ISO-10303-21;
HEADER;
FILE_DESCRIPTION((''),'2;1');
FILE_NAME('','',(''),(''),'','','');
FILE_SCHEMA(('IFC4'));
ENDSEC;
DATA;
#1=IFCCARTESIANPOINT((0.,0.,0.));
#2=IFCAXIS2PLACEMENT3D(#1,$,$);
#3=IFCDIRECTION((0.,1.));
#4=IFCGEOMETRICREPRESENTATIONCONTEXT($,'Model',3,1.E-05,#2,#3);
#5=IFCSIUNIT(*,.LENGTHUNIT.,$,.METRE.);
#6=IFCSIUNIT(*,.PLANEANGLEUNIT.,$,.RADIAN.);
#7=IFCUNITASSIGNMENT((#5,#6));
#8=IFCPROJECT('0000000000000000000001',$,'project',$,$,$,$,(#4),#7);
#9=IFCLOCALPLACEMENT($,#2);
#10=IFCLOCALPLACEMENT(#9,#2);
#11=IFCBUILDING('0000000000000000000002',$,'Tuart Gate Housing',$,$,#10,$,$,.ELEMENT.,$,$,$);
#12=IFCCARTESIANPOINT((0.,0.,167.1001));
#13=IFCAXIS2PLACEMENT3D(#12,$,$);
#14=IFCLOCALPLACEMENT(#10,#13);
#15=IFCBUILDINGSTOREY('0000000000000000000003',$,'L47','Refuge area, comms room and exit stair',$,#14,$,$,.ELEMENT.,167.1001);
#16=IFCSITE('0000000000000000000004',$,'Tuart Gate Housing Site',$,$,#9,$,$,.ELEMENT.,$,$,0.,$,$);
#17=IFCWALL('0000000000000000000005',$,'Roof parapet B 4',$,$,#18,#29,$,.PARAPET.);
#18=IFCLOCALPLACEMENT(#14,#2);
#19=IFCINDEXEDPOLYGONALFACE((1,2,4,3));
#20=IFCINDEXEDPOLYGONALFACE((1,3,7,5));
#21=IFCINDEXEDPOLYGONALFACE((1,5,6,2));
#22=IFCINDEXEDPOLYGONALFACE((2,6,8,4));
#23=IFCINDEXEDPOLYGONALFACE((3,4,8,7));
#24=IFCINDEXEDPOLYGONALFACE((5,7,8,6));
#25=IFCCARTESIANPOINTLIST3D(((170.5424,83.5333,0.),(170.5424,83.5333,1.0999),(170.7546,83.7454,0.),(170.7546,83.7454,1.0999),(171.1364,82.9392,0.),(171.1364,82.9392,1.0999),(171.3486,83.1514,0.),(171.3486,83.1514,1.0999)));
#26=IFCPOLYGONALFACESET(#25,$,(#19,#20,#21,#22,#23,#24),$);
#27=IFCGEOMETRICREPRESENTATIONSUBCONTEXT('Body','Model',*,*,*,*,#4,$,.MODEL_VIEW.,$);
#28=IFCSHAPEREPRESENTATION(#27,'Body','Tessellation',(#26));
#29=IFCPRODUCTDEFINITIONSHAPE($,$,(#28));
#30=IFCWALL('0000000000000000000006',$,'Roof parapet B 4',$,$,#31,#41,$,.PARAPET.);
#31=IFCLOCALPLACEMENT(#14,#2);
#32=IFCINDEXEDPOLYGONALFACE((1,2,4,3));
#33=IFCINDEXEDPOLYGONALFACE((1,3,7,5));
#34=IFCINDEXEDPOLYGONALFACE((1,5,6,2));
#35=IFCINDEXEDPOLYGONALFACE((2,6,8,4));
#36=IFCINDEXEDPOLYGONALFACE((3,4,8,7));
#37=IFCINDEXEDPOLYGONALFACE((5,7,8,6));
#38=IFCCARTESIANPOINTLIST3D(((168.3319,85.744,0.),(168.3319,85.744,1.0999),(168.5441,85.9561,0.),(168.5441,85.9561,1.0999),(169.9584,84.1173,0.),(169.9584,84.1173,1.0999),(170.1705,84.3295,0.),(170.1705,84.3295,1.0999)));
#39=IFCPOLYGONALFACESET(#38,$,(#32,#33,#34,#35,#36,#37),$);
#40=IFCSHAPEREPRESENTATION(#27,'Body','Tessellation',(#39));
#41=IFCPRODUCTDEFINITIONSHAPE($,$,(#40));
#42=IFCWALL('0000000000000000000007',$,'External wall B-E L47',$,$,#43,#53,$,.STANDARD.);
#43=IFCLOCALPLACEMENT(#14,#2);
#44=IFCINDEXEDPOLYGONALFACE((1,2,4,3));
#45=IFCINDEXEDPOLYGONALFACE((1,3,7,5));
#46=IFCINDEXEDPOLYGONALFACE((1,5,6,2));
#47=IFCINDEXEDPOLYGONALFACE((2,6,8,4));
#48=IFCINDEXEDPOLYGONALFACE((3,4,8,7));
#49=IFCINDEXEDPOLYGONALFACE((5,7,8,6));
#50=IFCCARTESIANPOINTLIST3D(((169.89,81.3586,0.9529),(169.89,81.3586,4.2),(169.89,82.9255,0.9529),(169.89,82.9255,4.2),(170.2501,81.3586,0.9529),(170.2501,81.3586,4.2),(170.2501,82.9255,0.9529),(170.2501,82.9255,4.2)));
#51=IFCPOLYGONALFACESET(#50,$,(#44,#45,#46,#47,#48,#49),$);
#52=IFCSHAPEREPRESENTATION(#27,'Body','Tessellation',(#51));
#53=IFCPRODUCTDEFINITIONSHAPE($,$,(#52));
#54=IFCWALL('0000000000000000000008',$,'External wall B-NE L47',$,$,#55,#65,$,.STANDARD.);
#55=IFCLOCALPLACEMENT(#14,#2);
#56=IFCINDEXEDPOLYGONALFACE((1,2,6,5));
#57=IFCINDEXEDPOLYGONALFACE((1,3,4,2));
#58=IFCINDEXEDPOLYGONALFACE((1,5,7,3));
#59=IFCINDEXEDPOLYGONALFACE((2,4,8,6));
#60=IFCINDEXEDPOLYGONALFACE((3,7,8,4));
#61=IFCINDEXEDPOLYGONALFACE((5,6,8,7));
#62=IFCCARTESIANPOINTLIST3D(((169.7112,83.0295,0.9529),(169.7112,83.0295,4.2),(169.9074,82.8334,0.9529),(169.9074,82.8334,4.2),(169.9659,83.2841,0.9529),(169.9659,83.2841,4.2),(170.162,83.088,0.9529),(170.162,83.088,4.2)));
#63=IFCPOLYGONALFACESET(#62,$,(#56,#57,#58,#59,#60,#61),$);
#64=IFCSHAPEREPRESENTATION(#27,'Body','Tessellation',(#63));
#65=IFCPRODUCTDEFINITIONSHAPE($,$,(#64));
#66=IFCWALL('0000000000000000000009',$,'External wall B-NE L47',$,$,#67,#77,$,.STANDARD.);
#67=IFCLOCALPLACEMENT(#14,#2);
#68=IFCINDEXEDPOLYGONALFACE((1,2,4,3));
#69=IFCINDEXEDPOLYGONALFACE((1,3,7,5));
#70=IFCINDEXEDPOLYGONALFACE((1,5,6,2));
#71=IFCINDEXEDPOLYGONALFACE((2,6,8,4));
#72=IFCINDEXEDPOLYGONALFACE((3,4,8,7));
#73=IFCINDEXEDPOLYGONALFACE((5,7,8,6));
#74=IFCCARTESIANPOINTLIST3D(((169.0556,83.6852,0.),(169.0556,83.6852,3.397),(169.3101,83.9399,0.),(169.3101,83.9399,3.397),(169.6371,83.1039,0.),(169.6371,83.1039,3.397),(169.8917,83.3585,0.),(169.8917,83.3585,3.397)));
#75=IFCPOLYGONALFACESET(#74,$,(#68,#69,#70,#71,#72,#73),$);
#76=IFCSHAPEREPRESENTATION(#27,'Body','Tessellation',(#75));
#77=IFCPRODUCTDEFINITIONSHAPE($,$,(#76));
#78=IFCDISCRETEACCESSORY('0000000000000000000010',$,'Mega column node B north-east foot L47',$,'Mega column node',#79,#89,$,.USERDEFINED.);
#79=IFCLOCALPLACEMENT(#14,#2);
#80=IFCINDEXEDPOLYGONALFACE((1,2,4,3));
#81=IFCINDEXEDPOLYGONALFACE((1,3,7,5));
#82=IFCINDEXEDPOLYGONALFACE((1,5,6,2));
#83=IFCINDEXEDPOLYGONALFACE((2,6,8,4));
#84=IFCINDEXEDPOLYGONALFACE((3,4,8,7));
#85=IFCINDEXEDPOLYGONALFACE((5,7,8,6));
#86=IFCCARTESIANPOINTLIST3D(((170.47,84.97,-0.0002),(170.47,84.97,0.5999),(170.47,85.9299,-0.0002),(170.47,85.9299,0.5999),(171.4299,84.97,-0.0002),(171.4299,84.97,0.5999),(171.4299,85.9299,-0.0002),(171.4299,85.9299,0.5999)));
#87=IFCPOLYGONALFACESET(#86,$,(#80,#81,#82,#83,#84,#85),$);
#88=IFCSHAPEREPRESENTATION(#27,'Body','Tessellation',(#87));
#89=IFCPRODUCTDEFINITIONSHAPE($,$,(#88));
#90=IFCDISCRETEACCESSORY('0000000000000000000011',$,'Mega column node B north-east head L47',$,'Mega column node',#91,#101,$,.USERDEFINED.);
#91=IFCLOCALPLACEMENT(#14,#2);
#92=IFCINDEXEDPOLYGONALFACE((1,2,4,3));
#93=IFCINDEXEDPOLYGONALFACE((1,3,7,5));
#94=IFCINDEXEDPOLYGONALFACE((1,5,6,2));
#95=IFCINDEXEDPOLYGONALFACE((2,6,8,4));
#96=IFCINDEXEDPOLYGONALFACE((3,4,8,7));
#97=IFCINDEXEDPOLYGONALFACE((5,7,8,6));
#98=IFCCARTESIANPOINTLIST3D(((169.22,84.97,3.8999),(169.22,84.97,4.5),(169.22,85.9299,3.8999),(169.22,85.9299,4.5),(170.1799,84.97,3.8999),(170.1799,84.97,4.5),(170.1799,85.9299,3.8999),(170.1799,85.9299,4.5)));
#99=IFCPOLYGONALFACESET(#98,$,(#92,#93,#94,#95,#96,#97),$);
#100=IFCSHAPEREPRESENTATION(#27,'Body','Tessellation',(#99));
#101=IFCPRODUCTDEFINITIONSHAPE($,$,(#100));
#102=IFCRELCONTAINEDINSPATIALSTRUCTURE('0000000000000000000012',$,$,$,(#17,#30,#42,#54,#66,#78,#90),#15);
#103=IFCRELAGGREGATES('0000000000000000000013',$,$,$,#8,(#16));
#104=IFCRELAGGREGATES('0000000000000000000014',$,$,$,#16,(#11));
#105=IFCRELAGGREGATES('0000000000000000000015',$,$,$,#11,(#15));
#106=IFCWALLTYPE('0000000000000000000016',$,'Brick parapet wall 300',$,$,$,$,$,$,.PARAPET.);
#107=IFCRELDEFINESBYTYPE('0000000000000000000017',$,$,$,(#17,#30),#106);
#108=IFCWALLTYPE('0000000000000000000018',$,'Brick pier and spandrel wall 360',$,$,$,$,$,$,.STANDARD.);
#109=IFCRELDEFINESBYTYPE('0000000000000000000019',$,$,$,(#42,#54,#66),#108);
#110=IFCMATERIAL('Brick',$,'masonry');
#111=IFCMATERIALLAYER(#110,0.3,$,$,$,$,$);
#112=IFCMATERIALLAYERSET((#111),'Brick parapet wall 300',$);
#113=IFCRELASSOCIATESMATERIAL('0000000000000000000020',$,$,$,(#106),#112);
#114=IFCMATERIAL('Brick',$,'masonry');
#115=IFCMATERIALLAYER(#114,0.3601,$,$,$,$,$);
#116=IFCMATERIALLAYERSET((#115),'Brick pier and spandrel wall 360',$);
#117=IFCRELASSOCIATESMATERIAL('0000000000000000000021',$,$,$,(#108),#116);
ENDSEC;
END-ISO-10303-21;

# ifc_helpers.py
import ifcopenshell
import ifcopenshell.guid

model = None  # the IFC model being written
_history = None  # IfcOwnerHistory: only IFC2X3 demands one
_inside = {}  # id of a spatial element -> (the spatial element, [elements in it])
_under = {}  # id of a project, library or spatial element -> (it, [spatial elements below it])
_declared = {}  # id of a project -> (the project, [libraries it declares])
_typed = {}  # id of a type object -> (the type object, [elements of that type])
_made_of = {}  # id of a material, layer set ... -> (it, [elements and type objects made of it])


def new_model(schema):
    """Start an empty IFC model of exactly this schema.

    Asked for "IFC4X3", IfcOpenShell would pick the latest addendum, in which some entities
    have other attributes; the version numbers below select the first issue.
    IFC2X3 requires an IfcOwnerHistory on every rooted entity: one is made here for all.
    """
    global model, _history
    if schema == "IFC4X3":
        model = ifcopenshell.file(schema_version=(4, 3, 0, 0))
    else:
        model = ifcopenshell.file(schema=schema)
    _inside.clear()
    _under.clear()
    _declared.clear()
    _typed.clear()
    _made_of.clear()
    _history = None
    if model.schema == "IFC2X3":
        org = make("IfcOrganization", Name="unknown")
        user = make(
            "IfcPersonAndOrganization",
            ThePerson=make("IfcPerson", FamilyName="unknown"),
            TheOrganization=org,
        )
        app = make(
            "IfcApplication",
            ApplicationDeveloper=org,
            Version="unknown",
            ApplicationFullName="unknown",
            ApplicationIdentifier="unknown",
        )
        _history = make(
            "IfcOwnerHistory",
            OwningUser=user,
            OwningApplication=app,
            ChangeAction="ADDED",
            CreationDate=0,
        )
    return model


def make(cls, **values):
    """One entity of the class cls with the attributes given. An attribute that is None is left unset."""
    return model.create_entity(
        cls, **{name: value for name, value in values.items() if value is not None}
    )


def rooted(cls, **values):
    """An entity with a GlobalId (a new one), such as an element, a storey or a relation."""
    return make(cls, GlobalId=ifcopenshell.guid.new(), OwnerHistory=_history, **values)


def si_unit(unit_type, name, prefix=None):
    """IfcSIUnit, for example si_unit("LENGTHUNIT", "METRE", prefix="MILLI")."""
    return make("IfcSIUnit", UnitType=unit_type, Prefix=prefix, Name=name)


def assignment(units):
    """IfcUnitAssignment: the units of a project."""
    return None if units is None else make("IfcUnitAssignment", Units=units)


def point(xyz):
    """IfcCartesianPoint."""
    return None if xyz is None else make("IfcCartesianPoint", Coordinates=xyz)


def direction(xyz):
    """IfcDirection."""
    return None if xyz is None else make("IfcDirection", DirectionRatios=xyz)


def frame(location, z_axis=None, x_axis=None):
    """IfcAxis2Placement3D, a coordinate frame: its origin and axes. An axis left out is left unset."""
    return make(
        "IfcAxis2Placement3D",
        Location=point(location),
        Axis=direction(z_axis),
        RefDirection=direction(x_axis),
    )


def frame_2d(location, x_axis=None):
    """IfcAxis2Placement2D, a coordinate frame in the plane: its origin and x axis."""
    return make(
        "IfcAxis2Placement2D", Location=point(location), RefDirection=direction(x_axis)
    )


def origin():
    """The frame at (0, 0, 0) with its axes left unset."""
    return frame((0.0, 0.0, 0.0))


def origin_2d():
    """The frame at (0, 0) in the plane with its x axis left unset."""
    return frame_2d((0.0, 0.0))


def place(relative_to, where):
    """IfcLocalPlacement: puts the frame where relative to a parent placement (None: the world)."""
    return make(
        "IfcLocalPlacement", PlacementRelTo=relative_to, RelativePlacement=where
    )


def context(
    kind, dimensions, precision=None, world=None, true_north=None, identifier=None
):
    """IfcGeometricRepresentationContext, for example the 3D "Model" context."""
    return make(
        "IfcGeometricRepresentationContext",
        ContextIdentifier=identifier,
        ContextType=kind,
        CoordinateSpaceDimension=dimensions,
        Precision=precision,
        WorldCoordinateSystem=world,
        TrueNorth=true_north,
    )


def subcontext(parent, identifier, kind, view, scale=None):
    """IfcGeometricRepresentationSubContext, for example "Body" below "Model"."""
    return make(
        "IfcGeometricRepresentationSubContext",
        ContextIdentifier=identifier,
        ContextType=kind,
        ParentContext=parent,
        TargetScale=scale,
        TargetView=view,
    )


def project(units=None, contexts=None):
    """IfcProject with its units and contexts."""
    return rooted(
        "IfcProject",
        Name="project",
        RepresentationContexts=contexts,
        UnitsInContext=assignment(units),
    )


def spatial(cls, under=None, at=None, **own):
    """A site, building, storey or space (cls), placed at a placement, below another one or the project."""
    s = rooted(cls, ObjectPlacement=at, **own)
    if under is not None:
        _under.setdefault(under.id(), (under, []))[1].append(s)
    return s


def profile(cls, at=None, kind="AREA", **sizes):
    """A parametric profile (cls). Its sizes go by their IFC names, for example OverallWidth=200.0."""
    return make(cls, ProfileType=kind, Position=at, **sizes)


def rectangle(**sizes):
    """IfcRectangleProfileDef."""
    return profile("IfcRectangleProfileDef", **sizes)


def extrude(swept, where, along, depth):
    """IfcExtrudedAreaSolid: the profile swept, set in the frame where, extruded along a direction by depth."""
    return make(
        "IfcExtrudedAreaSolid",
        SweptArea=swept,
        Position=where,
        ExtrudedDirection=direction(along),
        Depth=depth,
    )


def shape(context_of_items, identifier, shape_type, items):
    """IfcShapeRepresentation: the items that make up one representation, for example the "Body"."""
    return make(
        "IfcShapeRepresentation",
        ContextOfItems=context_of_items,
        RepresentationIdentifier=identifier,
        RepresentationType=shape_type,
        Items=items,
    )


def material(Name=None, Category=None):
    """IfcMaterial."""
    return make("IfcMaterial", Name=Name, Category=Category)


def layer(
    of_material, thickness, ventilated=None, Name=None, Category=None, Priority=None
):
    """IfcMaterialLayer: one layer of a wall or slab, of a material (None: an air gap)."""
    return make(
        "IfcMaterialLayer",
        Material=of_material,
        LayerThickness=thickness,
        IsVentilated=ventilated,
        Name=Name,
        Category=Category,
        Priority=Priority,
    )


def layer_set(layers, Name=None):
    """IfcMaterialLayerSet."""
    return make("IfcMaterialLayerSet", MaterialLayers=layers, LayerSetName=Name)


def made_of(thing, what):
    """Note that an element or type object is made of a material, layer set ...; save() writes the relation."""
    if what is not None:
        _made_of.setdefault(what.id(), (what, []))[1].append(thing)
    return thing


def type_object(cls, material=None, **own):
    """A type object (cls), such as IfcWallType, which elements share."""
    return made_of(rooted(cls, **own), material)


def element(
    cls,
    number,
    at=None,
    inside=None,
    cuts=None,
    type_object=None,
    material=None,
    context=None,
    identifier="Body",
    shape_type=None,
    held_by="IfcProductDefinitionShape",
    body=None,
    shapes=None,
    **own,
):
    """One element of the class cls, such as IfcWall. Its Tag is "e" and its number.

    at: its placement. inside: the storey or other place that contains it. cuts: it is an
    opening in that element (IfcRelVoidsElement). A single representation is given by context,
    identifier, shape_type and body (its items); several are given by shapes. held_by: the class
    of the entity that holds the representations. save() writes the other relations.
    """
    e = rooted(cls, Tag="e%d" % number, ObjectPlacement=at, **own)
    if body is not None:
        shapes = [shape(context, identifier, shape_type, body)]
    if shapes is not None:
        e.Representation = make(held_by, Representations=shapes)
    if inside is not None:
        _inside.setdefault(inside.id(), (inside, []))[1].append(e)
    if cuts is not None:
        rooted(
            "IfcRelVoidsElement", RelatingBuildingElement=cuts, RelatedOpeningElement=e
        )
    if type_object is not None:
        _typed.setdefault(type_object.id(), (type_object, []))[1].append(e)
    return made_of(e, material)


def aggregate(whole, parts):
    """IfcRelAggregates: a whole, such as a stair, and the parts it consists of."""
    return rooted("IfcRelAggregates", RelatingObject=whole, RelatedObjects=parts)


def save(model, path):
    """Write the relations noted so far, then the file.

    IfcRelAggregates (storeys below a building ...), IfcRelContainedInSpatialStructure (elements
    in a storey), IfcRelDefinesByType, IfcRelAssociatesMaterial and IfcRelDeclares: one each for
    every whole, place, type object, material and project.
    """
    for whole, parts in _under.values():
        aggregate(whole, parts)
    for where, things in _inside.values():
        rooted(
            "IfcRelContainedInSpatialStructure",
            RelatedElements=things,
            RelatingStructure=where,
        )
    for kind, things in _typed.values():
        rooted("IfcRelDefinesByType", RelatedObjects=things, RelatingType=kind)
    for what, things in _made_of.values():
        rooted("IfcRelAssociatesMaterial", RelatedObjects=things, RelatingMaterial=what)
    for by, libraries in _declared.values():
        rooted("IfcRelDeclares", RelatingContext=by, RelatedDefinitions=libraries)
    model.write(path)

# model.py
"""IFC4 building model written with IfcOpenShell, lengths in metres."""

from ifc_helpers import new_model, si_unit, direction, frame, frame_2d, origin, origin_2d, place, context, subcontext, project, spatial, rectangle, extrude, material, layer, layer_set, type_object, element, save


model = new_model("IFC4")

# Units and contexts
model_context = context("Model", 3, precision=1e-05, world=origin(), true_north=direction((0.0, 1.0)))
body_context = subcontext(model_context, "Body", "Model", "MODEL_VIEW")
ifc_project = project(units=[si_unit("LENGTHUNIT", "METRE"), si_unit("PLANEANGLEUNIT", "RADIAN")], contexts=[model_context])

# Site, building, storey
site_placement = place(None, origin())
site = spatial("IfcSite", under=ifc_project, at=site_placement, Name="Tuart Gate Housing Site", CompositionType="ELEMENT", RefElevation=0.0)
building_placement = place(site_placement, origin())
building = spatial("IfcBuilding", under=site, at=building_placement, Name="Tuart Gate Housing", CompositionType="ELEMENT")
storey_placement = place(building_placement, frame((0.0, 0.0, 167.1001)))
storey = spatial("IfcBuildingStorey", under=building, at=storey_placement, Name="L47", Description="Refuge area, comms room and exit stair", CompositionType="ELEMENT", Elevation=167.1001)

# Walls
ifc_material_1 = material(Name="Brick", Category="masonry")
ifc_layer_1 = layer(ifc_material_1, 0.3)
ifc_layer_set_1 = layer_set([ifc_layer_1], Name="Brick parapet wall 300")
wall_type_1 = type_object("IfcWallType", Name="Brick parapet wall 300", PredefinedType="PARAPET", material=ifc_layer_set_1)
wall_1_placement = place(storey_placement, frame((171.2424, 83.0454, 0.0), z_axis=(0.0, 0.0, 1.0), x_axis=(-0.707107, 0.707107, 0.0)))
element("IfcWall", 1, at=wall_1_placement, inside=storey, type_object=wall_type_1, Name="Roof parapet B 4", PredefinedType="PARAPET", context=body_context, shape_type="SweptSolid", body=[
    extrude(rectangle(XDim=0.8401, YDim=0.3, at=frame_2d((0.4199, 0.0))), origin(), (0.0, 0.0, 1.0), 1.0999),
])
wall_2_placement = place(storey_placement, frame((170.0645, 84.2234, 0.0), z_axis=(0.0, 0.0, 1.0), x_axis=(-0.707054, 0.70716, 0.0)))
element("IfcWall", 2, at=wall_2_placement, inside=storey, type_object=wall_type_1, Name="Roof parapet B 4", PredefinedType="PARAPET", context=body_context, shape_type="SweptSolid", body=[
    extrude(rectangle(XDim=2.3003, YDim=0.3, at=frame_2d((1.1501, 0.0))), origin(), (0.0, 0.0, 1.0), 1.0999),
])
ifc_material_2 = material(Name="Brick", Category="masonry")
ifc_layer_2 = layer(ifc_material_2, 0.3601)
ifc_layer_set_2 = layer_set([ifc_layer_2], Name="Brick pier and spandrel wall 360")
wall_type_2 = type_object("IfcWallType", Name="Brick pier and spandrel wall 360", PredefinedType="STANDARD", material=ifc_layer_set_2)
wall_3_placement = place(storey_placement, frame((170.0701, 81.3586, 0.9529), z_axis=(0.0, 0.0, 1.0), x_axis=(0.0, 1.0, 0.0)))
element("IfcWall", 3, at=wall_3_placement, inside=storey, type_object=wall_type_2, Name="External wall B-E L47", PredefinedType="STANDARD", context=body_context, shape_type="SweptSolid", body=[
    extrude(rectangle(XDim=1.5669, YDim=0.3601, at=frame_2d((0.7834, 0.0))), origin(), (0.0, 0.0, 1.0), 3.2471),
])
wall_4_placement = place(storey_placement, frame((170.0347, 82.9607, 0.9529), z_axis=(0.0, 0.0, 1.0), x_axis=(-0.707107, 0.707107, 0.0)))
element("IfcWall", 4, at=wall_4_placement, inside=storey, type_object=wall_type_2, Name="External wall B-NE L47", PredefinedType="STANDARD", context=body_context, shape_type="SweptSolid", body=[
    extrude(rectangle(XDim=0.2773, YDim=0.3601, at=frame_2d((0.1387, 0.0))), origin(), (0.0, 0.0, 1.0), 3.2471),
])
wall_5_placement = place(storey_placement, frame((169.7644, 83.2312, 0.0), z_axis=(0.0, 0.0, 1.0), x_axis=(-0.707255, 0.706958, 0.0)))
element("IfcWall", 5, at=wall_5_placement, inside=storey, type_object=wall_type_2, Name="External wall B-NE L47", PredefinedType="STANDARD", context=body_context, shape_type="SweptSolid", body=[
    extrude(rectangle(XDim=0.8223, YDim=0.3601, at=frame_2d((0.4111, 0.0))), origin(), (0.0, 0.0, 1.0), 3.397),
])

# Discrete accessories
for number, where, z_axis, x_axis, name in (
    (6, (170.95, 85.45, -0.0002), (0.0, 0.0, 1.0), (1.0, 0.0, 0.0), "Mega column node B north-east foot L47"),
    (7, (169.7, 85.45, 3.8999), (0.0, 0.0, 1.0), (1.0, 0.0, 0.0), "Mega column node B north-east head L47"),
):
    element("IfcDiscreteAccessory", number, at=place(storey_placement, frame(where, z_axis=z_axis, x_axis=x_axis)), inside=storey, Name=name, ObjectType="Mega column node", PredefinedType="USERDEFINED", context=body_context, shape_type="SweptSolid", body=[
        extrude(rectangle(XDim=0.96, YDim=0.96, at=origin_2d()), origin(), (0.0, 0.0, 1.0), 0.6001),
    ])

save(model, "model.ifc")
